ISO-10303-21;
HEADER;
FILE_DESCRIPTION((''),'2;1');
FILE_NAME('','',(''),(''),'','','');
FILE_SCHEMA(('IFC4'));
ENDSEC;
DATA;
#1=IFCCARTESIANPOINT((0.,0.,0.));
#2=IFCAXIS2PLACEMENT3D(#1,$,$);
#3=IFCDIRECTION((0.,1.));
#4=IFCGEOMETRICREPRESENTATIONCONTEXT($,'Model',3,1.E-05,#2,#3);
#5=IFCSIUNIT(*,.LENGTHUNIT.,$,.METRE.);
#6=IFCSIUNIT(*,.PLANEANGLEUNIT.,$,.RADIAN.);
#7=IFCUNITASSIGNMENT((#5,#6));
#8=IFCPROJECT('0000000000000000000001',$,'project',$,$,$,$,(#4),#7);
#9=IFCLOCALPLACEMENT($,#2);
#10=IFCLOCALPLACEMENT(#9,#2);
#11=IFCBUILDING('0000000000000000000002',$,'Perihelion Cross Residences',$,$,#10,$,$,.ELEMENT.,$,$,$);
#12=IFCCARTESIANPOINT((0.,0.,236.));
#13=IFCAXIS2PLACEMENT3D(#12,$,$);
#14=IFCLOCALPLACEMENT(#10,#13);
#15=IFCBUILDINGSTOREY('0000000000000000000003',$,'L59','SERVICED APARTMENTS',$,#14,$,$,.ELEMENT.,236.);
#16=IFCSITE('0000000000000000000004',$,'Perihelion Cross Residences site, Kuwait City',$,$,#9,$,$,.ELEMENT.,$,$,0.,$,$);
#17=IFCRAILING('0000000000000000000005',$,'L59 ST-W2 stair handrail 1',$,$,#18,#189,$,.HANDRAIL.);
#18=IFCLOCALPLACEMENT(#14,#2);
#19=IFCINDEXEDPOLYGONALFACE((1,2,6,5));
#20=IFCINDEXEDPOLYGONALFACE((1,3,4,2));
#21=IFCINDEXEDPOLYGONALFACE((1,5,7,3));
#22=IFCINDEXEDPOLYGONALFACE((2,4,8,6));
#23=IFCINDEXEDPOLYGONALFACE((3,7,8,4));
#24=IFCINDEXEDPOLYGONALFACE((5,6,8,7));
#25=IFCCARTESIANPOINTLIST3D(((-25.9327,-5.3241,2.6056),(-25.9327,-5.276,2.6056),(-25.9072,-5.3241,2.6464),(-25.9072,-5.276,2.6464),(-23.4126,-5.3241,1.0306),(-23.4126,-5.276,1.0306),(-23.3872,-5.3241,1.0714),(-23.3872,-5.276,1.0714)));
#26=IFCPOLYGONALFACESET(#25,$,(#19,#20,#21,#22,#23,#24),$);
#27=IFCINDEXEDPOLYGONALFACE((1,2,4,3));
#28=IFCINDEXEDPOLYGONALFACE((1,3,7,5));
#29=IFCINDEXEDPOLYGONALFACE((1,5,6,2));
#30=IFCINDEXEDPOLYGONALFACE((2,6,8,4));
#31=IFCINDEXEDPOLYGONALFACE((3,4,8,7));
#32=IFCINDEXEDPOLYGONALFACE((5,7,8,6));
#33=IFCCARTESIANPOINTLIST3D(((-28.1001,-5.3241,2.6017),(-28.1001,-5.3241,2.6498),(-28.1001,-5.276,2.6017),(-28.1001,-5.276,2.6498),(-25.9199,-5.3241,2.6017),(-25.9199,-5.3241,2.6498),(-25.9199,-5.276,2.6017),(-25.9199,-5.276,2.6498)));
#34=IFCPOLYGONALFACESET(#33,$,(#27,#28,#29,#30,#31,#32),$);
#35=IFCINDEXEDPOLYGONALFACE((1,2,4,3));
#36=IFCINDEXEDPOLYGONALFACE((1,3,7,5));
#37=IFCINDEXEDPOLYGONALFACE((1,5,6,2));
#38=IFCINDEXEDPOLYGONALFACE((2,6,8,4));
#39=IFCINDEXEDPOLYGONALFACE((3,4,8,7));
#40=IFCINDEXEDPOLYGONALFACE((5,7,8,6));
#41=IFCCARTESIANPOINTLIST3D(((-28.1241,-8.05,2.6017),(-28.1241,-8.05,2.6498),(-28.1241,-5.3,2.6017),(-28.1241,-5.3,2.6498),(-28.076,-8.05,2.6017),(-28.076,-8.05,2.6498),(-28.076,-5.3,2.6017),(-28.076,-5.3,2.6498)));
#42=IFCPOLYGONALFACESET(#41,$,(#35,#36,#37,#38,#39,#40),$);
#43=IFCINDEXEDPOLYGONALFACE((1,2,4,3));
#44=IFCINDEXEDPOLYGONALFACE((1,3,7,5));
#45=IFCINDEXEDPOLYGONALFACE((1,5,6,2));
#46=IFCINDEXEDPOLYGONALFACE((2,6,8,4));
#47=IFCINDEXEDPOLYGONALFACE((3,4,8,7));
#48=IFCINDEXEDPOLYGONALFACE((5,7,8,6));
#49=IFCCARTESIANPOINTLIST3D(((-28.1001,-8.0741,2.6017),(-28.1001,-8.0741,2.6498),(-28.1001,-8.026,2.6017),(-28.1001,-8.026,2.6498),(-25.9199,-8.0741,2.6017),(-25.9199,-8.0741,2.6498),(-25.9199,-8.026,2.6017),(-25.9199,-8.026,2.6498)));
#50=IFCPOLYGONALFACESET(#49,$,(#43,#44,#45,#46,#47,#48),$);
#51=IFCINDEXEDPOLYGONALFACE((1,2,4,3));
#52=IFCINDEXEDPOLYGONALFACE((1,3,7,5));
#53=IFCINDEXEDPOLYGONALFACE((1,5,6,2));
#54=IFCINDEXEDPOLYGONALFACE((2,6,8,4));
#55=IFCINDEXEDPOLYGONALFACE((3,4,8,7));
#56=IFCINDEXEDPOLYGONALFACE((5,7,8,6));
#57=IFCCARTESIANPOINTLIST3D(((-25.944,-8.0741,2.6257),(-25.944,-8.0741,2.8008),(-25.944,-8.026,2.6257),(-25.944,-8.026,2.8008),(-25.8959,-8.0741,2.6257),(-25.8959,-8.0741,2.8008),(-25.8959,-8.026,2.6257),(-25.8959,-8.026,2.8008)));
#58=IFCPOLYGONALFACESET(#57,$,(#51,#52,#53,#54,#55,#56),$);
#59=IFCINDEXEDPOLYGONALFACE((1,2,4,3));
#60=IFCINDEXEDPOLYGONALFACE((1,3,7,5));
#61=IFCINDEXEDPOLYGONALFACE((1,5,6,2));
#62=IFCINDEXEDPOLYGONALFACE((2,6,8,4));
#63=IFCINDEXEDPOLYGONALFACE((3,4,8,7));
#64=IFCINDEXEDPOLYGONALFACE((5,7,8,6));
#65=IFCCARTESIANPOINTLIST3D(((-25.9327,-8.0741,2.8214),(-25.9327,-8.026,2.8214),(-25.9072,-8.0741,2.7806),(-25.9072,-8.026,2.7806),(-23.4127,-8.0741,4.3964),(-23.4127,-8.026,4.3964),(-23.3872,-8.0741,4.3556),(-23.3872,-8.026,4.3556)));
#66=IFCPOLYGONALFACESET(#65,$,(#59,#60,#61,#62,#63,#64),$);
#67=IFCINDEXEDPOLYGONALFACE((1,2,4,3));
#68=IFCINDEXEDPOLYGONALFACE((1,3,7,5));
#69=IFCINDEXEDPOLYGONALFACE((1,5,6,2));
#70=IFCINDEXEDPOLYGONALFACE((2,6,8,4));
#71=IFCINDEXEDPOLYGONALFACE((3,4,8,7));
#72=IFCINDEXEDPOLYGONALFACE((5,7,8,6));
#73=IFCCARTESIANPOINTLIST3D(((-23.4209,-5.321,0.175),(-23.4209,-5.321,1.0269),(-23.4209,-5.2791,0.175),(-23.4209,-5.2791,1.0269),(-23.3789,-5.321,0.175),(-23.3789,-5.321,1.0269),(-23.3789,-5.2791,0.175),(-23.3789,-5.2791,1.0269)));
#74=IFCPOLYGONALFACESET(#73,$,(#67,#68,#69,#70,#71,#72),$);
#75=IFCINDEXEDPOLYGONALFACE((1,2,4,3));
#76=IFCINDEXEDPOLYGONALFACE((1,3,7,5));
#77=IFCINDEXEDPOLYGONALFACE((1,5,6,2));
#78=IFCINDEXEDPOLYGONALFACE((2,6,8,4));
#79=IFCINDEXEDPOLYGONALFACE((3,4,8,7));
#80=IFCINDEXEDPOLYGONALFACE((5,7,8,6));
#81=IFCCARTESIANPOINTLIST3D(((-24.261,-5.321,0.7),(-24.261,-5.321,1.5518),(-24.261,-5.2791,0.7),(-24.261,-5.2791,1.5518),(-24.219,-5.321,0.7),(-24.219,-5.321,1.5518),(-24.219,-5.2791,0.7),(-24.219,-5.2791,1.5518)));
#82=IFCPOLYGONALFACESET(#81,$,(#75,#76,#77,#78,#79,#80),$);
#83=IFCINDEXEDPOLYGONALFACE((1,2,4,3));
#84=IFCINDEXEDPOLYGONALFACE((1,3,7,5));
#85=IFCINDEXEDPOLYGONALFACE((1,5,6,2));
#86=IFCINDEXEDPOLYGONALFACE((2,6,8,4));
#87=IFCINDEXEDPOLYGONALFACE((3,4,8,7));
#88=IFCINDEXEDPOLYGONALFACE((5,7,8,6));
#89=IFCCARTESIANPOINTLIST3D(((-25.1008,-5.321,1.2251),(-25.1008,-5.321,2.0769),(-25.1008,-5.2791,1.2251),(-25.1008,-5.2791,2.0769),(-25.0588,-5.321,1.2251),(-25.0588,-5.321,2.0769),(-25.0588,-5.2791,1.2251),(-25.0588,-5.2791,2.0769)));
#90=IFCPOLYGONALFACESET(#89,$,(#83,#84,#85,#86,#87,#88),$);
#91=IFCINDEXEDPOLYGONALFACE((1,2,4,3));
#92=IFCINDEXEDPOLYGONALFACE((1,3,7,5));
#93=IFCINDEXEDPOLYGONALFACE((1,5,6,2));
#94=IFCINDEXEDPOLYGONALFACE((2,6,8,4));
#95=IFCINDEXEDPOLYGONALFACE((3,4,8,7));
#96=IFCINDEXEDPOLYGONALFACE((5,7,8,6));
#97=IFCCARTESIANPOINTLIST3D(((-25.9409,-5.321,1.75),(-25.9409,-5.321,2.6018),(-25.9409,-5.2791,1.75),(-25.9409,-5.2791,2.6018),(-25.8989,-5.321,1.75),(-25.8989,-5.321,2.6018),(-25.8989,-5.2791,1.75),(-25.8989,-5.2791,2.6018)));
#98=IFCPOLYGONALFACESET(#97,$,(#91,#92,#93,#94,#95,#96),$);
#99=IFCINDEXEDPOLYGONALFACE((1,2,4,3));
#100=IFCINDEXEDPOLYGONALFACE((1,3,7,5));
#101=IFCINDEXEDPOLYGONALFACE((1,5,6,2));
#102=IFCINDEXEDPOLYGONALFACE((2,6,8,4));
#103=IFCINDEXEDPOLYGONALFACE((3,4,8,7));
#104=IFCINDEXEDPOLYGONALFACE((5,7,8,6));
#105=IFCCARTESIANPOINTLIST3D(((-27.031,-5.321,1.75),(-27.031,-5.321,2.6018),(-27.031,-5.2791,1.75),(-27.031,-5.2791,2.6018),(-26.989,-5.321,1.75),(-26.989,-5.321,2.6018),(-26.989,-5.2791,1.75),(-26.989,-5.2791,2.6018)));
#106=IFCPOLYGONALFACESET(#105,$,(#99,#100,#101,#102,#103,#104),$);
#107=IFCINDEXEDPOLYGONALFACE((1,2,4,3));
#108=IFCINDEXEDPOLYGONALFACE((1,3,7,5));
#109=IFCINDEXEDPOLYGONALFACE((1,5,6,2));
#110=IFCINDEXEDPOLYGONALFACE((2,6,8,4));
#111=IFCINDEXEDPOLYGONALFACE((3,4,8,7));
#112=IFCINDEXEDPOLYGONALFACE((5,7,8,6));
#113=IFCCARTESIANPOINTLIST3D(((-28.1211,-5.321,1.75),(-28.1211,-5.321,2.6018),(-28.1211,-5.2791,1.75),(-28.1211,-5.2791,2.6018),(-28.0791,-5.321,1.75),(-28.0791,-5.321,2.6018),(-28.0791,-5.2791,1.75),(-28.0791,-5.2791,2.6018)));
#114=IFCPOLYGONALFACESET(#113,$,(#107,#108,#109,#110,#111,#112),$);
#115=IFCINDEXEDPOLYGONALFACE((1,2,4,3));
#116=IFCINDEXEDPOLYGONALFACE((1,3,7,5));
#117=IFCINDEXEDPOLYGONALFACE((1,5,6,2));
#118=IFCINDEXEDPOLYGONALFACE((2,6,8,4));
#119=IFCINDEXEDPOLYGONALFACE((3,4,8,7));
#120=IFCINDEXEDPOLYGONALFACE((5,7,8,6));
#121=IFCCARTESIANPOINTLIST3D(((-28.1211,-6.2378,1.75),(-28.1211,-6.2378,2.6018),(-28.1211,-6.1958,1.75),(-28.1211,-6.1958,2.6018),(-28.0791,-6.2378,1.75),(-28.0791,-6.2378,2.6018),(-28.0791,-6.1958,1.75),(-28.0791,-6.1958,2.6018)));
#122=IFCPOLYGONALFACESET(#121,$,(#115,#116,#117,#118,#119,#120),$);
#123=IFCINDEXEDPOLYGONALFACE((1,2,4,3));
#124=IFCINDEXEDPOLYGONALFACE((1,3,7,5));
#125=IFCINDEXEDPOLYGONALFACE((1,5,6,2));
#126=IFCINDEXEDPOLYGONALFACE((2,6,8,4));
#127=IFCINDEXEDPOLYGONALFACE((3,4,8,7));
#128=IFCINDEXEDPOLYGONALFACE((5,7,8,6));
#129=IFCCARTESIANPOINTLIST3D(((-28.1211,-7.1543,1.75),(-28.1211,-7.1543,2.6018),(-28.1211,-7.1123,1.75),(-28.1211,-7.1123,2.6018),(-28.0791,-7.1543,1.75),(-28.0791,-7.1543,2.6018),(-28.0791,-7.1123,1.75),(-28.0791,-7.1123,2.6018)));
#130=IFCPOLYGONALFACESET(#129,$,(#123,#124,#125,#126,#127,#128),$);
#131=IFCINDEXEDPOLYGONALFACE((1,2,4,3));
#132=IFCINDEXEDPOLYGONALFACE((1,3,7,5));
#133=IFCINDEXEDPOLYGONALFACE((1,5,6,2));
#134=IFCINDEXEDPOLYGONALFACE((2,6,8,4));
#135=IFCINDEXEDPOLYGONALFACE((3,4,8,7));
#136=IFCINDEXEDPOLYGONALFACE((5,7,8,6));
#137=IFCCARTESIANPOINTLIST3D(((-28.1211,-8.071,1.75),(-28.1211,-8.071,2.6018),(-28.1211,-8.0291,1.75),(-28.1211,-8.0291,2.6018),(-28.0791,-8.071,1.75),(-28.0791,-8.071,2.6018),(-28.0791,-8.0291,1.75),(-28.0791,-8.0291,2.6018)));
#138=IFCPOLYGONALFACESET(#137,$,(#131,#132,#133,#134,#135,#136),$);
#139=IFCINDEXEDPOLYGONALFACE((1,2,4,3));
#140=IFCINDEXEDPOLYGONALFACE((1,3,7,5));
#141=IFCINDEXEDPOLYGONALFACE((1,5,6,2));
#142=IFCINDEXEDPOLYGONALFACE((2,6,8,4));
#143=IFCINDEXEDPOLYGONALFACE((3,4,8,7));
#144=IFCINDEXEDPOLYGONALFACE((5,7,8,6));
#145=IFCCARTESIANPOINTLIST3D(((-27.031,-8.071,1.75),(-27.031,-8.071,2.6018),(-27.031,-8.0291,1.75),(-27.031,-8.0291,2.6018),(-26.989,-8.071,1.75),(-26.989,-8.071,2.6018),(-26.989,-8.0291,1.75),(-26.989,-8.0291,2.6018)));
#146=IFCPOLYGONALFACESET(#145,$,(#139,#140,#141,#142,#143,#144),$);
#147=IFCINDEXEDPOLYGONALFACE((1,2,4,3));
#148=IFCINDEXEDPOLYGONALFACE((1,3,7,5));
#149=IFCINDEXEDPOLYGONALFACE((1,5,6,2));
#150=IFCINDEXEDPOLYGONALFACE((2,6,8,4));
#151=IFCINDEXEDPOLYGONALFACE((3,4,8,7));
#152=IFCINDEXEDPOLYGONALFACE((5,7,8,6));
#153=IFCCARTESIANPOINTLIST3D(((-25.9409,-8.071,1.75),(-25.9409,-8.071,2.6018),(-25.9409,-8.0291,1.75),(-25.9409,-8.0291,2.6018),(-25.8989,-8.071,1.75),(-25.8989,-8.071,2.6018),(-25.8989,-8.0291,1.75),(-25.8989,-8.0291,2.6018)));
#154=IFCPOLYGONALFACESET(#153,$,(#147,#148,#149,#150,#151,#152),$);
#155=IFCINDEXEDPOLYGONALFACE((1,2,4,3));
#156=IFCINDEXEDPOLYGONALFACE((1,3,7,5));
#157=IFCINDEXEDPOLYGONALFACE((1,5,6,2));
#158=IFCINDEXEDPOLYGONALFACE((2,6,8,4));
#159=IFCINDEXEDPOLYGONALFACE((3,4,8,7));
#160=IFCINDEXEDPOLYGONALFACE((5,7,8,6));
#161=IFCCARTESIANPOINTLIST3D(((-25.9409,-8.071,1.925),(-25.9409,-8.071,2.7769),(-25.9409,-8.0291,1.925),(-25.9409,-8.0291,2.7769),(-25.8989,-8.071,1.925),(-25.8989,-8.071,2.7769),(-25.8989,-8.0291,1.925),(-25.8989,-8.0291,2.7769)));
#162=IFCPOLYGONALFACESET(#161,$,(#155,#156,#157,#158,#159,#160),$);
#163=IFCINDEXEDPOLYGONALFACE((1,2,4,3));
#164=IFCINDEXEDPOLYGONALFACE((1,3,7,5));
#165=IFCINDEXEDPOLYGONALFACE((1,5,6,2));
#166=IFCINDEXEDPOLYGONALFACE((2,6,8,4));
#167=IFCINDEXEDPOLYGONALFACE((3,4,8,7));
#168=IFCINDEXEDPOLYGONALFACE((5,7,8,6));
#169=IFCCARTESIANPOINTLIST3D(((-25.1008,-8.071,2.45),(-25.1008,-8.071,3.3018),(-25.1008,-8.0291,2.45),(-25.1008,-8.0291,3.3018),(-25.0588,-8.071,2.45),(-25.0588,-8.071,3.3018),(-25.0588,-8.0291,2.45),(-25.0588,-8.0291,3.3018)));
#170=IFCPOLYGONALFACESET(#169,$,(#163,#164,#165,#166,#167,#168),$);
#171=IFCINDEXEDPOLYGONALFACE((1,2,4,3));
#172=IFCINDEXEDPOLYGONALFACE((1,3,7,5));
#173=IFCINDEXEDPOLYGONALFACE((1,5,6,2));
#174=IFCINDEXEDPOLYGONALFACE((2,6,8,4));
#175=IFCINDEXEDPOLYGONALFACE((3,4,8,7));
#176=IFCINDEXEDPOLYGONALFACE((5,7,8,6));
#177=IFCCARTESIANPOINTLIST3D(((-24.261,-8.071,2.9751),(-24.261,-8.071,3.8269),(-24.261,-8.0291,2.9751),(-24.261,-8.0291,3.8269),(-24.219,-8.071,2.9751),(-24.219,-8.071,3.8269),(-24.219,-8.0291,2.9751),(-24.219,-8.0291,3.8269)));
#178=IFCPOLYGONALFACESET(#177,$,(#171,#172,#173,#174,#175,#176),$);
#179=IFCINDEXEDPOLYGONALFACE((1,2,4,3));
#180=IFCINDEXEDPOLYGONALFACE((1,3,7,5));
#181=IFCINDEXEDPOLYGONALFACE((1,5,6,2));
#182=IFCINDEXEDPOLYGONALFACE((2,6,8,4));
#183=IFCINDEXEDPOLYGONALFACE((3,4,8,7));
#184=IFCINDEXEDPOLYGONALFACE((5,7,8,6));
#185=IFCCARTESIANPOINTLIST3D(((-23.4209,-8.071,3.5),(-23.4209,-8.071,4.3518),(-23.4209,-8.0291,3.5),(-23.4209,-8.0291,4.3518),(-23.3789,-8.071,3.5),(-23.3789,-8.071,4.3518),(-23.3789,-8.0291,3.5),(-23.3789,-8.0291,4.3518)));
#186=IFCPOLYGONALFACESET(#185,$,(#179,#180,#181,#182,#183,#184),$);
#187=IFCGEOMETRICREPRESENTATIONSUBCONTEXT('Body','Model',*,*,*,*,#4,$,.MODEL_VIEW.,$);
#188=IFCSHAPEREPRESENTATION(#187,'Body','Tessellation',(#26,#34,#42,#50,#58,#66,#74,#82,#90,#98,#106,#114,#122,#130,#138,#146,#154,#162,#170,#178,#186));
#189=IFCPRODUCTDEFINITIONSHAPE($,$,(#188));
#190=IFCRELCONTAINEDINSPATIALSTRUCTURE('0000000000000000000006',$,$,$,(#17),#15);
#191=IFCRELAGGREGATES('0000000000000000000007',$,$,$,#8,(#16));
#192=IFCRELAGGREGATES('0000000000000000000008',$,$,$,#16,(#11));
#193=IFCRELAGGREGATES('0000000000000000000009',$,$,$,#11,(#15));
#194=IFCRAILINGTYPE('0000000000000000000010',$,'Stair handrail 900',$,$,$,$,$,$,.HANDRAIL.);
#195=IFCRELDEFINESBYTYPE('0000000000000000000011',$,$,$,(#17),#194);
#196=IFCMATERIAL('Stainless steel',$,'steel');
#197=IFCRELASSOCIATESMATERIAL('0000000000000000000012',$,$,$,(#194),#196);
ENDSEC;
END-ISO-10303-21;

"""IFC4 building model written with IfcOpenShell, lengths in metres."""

from ifc_helpers import new_model, si_unit, direction, frame, origin, origin_2d, place, context, subcontext, project, spatial, rectangle, extrude, material, type_object, element, save


model = new_model("IFC4")

# Units and contexts
model_context = context("Model", 3, precision=1e-05, world=origin(), true_north=direction((0.0, 1.0)))
body_context = subcontext(model_context, "Body", "Model", "MODEL_VIEW")
ifc_project = project(units=[si_unit("LENGTHUNIT", "METRE"), si_unit("PLANEANGLEUNIT", "RADIAN")], contexts=[model_context])

# Site, building, storey
site_placement = place(None, origin())
site = spatial("IfcSite", under=ifc_project, at=site_placement, Name="Perihelion Cross Residences site, Kuwait City", CompositionType="ELEMENT", RefElevation=0.0)
building_placement = place(site_placement, origin())
building = spatial("IfcBuilding", under=site, at=building_placement, Name="Perihelion Cross Residences", CompositionType="ELEMENT")
storey_placement = place(building_placement, frame((0.0, 0.0, 236.0)))
storey = spatial("IfcBuildingStorey", under=building, at=storey_placement, Name="L59", Description="SERVICED APARTMENTS", CompositionType="ELEMENT", Elevation=236.0)

# Railing
ifc_material_1 = material(Name="Stainless steel", Category="steel")
railing_type_1 = type_object("IfcRailingType", Name="Stair handrail 900", PredefinedType="HANDRAIL", material=ifc_material_1)
railing_1_placement = place(storey_placement, frame((-23.3999, -5.3, 0.175)))
element("IfcRailing", 1, at=railing_1_placement, inside=storey, type_object=railing_type_1, Name="L59 ST-W2 stair handrail 1", PredefinedType="HANDRAIL", context=body_context, shape_type="SweptSolid", body=[
    extrude(rectangle(XDim=0.0481, YDim=0.0481, at=origin_2d()), frame((0.0, 0.0, 0.876), z_axis=(-0.848008, 0.0, 0.529984), x_axis=(0.0, -1.0, 0.0)), (0.0, 0.0, 1.0), 2.9717),
    extrude(rectangle(XDim=0.0481, YDim=0.0481, at=origin_2d()), frame((-2.52, 0.0, 2.4507), z_axis=(-1.0, 0.0, 0.0), x_axis=(0.0, -1.0, 0.0)), (0.0, 0.0, 1.0), 2.1802),
    extrude(rectangle(XDim=0.0481, YDim=0.0481, at=origin_2d()), frame((-4.7002, 0.0, 2.4507), z_axis=(0.0, -1.0, 0.0), x_axis=(1.0, 0.0, 0.0)), (0.0, 0.0, 1.0), 2.75),
    extrude(rectangle(XDim=0.0481, YDim=0.0481, at=origin_2d()), frame((-4.7002, -2.75, 2.4507), z_axis=(1.0, 0.0, 0.0), x_axis=(0.0, 1.0, 0.0)), (0.0, 0.0, 1.0), 2.1802),
    extrude(rectangle(XDim=0.0481, YDim=0.0481, at=origin_2d()), frame((-2.52, -2.75, 2.4507), z_axis=(0.0, 0.0, 1.0), x_axis=(1.0, 0.0, 0.0)), (0.0, 0.0, 1.0), 0.175),
    extrude(rectangle(XDim=0.0481, YDim=0.0481, at=origin_2d()), frame((-2.52, -2.75, 2.626), z_axis=(0.848008, 0.0, 0.529984), x_axis=(0.0, 1.0, 0.0)), (0.0, 0.0, 1.0), 2.9717),
    extrude(rectangle(XDim=0.042, YDim=0.042, at=origin_2d()), origin(), (0.0, 0.0, 1.0), 0.8518),
    extrude(rectangle(XDim=0.042, YDim=0.042, at=origin_2d()), frame((-0.8401, 0.0, 0.5249)), (0.0, 0.0, 1.0), 0.8518),
    extrude(rectangle(XDim=0.042, YDim=0.042, at=origin_2d()), frame((-1.6799, 0.0, 1.05)), (0.0, 0.0, 1.0), 0.8518),
    extrude(rectangle(XDim=0.042, YDim=0.042, at=origin_2d()), frame((-2.52, 0.0, 1.575)), (0.0, 0.0, 1.0), 0.8518),
    extrude(rectangle(XDim=0.042, YDim=0.042, at=origin_2d()), frame((-3.6101, 0.0, 1.575)), (0.0, 0.0, 1.0), 0.8518),
    extrude(rectangle(XDim=0.042, YDim=0.042, at=origin_2d()), frame((-4.7002, 0.0, 1.575)), (0.0, 0.0, 1.0), 0.8518),
    extrude(rectangle(XDim=0.042, YDim=0.042, at=origin_2d()), frame((-4.7002, -0.9167, 1.575)), (0.0, 0.0, 1.0), 0.8518),
    extrude(rectangle(XDim=0.042, YDim=0.042, at=origin_2d()), frame((-4.7002, -1.8333, 1.575)), (0.0, 0.0, 1.0), 0.8518),
    extrude(rectangle(XDim=0.042, YDim=0.042, at=origin_2d()), frame((-4.7002, -2.75, 1.575)), (0.0, 0.0, 1.0), 0.8518),
    extrude(rectangle(XDim=0.042, YDim=0.042, at=origin_2d()), frame((-3.6101, -2.75, 1.575)), (0.0, 0.0, 1.0), 0.8518),
    extrude(rectangle(XDim=0.042, YDim=0.042, at=origin_2d()), frame((-2.52, -2.75, 1.575)), (0.0, 0.0, 1.0), 0.8518),
    extrude(rectangle(XDim=0.042, YDim=0.042, at=origin_2d()), frame((-2.52, -2.75, 1.75)), (0.0, 0.0, 1.0), 0.8518),
    extrude(rectangle(XDim=0.042, YDim=0.042, at=origin_2d()), frame((-1.6799, -2.75, 2.2749)), (0.0, 0.0, 1.0), 0.8518),
    extrude(rectangle(XDim=0.042, YDim=0.042, at=origin_2d()), frame((-0.8401, -2.75, 2.8)), (0.0, 0.0, 1.0), 0.8518),
    extrude(rectangle(XDim=0.042, YDim=0.042, at=origin_2d()), frame((0.0, -2.75, 3.325)), (0.0, 0.0, 1.0), 0.8518),
])

save(model, "model.ifc")
